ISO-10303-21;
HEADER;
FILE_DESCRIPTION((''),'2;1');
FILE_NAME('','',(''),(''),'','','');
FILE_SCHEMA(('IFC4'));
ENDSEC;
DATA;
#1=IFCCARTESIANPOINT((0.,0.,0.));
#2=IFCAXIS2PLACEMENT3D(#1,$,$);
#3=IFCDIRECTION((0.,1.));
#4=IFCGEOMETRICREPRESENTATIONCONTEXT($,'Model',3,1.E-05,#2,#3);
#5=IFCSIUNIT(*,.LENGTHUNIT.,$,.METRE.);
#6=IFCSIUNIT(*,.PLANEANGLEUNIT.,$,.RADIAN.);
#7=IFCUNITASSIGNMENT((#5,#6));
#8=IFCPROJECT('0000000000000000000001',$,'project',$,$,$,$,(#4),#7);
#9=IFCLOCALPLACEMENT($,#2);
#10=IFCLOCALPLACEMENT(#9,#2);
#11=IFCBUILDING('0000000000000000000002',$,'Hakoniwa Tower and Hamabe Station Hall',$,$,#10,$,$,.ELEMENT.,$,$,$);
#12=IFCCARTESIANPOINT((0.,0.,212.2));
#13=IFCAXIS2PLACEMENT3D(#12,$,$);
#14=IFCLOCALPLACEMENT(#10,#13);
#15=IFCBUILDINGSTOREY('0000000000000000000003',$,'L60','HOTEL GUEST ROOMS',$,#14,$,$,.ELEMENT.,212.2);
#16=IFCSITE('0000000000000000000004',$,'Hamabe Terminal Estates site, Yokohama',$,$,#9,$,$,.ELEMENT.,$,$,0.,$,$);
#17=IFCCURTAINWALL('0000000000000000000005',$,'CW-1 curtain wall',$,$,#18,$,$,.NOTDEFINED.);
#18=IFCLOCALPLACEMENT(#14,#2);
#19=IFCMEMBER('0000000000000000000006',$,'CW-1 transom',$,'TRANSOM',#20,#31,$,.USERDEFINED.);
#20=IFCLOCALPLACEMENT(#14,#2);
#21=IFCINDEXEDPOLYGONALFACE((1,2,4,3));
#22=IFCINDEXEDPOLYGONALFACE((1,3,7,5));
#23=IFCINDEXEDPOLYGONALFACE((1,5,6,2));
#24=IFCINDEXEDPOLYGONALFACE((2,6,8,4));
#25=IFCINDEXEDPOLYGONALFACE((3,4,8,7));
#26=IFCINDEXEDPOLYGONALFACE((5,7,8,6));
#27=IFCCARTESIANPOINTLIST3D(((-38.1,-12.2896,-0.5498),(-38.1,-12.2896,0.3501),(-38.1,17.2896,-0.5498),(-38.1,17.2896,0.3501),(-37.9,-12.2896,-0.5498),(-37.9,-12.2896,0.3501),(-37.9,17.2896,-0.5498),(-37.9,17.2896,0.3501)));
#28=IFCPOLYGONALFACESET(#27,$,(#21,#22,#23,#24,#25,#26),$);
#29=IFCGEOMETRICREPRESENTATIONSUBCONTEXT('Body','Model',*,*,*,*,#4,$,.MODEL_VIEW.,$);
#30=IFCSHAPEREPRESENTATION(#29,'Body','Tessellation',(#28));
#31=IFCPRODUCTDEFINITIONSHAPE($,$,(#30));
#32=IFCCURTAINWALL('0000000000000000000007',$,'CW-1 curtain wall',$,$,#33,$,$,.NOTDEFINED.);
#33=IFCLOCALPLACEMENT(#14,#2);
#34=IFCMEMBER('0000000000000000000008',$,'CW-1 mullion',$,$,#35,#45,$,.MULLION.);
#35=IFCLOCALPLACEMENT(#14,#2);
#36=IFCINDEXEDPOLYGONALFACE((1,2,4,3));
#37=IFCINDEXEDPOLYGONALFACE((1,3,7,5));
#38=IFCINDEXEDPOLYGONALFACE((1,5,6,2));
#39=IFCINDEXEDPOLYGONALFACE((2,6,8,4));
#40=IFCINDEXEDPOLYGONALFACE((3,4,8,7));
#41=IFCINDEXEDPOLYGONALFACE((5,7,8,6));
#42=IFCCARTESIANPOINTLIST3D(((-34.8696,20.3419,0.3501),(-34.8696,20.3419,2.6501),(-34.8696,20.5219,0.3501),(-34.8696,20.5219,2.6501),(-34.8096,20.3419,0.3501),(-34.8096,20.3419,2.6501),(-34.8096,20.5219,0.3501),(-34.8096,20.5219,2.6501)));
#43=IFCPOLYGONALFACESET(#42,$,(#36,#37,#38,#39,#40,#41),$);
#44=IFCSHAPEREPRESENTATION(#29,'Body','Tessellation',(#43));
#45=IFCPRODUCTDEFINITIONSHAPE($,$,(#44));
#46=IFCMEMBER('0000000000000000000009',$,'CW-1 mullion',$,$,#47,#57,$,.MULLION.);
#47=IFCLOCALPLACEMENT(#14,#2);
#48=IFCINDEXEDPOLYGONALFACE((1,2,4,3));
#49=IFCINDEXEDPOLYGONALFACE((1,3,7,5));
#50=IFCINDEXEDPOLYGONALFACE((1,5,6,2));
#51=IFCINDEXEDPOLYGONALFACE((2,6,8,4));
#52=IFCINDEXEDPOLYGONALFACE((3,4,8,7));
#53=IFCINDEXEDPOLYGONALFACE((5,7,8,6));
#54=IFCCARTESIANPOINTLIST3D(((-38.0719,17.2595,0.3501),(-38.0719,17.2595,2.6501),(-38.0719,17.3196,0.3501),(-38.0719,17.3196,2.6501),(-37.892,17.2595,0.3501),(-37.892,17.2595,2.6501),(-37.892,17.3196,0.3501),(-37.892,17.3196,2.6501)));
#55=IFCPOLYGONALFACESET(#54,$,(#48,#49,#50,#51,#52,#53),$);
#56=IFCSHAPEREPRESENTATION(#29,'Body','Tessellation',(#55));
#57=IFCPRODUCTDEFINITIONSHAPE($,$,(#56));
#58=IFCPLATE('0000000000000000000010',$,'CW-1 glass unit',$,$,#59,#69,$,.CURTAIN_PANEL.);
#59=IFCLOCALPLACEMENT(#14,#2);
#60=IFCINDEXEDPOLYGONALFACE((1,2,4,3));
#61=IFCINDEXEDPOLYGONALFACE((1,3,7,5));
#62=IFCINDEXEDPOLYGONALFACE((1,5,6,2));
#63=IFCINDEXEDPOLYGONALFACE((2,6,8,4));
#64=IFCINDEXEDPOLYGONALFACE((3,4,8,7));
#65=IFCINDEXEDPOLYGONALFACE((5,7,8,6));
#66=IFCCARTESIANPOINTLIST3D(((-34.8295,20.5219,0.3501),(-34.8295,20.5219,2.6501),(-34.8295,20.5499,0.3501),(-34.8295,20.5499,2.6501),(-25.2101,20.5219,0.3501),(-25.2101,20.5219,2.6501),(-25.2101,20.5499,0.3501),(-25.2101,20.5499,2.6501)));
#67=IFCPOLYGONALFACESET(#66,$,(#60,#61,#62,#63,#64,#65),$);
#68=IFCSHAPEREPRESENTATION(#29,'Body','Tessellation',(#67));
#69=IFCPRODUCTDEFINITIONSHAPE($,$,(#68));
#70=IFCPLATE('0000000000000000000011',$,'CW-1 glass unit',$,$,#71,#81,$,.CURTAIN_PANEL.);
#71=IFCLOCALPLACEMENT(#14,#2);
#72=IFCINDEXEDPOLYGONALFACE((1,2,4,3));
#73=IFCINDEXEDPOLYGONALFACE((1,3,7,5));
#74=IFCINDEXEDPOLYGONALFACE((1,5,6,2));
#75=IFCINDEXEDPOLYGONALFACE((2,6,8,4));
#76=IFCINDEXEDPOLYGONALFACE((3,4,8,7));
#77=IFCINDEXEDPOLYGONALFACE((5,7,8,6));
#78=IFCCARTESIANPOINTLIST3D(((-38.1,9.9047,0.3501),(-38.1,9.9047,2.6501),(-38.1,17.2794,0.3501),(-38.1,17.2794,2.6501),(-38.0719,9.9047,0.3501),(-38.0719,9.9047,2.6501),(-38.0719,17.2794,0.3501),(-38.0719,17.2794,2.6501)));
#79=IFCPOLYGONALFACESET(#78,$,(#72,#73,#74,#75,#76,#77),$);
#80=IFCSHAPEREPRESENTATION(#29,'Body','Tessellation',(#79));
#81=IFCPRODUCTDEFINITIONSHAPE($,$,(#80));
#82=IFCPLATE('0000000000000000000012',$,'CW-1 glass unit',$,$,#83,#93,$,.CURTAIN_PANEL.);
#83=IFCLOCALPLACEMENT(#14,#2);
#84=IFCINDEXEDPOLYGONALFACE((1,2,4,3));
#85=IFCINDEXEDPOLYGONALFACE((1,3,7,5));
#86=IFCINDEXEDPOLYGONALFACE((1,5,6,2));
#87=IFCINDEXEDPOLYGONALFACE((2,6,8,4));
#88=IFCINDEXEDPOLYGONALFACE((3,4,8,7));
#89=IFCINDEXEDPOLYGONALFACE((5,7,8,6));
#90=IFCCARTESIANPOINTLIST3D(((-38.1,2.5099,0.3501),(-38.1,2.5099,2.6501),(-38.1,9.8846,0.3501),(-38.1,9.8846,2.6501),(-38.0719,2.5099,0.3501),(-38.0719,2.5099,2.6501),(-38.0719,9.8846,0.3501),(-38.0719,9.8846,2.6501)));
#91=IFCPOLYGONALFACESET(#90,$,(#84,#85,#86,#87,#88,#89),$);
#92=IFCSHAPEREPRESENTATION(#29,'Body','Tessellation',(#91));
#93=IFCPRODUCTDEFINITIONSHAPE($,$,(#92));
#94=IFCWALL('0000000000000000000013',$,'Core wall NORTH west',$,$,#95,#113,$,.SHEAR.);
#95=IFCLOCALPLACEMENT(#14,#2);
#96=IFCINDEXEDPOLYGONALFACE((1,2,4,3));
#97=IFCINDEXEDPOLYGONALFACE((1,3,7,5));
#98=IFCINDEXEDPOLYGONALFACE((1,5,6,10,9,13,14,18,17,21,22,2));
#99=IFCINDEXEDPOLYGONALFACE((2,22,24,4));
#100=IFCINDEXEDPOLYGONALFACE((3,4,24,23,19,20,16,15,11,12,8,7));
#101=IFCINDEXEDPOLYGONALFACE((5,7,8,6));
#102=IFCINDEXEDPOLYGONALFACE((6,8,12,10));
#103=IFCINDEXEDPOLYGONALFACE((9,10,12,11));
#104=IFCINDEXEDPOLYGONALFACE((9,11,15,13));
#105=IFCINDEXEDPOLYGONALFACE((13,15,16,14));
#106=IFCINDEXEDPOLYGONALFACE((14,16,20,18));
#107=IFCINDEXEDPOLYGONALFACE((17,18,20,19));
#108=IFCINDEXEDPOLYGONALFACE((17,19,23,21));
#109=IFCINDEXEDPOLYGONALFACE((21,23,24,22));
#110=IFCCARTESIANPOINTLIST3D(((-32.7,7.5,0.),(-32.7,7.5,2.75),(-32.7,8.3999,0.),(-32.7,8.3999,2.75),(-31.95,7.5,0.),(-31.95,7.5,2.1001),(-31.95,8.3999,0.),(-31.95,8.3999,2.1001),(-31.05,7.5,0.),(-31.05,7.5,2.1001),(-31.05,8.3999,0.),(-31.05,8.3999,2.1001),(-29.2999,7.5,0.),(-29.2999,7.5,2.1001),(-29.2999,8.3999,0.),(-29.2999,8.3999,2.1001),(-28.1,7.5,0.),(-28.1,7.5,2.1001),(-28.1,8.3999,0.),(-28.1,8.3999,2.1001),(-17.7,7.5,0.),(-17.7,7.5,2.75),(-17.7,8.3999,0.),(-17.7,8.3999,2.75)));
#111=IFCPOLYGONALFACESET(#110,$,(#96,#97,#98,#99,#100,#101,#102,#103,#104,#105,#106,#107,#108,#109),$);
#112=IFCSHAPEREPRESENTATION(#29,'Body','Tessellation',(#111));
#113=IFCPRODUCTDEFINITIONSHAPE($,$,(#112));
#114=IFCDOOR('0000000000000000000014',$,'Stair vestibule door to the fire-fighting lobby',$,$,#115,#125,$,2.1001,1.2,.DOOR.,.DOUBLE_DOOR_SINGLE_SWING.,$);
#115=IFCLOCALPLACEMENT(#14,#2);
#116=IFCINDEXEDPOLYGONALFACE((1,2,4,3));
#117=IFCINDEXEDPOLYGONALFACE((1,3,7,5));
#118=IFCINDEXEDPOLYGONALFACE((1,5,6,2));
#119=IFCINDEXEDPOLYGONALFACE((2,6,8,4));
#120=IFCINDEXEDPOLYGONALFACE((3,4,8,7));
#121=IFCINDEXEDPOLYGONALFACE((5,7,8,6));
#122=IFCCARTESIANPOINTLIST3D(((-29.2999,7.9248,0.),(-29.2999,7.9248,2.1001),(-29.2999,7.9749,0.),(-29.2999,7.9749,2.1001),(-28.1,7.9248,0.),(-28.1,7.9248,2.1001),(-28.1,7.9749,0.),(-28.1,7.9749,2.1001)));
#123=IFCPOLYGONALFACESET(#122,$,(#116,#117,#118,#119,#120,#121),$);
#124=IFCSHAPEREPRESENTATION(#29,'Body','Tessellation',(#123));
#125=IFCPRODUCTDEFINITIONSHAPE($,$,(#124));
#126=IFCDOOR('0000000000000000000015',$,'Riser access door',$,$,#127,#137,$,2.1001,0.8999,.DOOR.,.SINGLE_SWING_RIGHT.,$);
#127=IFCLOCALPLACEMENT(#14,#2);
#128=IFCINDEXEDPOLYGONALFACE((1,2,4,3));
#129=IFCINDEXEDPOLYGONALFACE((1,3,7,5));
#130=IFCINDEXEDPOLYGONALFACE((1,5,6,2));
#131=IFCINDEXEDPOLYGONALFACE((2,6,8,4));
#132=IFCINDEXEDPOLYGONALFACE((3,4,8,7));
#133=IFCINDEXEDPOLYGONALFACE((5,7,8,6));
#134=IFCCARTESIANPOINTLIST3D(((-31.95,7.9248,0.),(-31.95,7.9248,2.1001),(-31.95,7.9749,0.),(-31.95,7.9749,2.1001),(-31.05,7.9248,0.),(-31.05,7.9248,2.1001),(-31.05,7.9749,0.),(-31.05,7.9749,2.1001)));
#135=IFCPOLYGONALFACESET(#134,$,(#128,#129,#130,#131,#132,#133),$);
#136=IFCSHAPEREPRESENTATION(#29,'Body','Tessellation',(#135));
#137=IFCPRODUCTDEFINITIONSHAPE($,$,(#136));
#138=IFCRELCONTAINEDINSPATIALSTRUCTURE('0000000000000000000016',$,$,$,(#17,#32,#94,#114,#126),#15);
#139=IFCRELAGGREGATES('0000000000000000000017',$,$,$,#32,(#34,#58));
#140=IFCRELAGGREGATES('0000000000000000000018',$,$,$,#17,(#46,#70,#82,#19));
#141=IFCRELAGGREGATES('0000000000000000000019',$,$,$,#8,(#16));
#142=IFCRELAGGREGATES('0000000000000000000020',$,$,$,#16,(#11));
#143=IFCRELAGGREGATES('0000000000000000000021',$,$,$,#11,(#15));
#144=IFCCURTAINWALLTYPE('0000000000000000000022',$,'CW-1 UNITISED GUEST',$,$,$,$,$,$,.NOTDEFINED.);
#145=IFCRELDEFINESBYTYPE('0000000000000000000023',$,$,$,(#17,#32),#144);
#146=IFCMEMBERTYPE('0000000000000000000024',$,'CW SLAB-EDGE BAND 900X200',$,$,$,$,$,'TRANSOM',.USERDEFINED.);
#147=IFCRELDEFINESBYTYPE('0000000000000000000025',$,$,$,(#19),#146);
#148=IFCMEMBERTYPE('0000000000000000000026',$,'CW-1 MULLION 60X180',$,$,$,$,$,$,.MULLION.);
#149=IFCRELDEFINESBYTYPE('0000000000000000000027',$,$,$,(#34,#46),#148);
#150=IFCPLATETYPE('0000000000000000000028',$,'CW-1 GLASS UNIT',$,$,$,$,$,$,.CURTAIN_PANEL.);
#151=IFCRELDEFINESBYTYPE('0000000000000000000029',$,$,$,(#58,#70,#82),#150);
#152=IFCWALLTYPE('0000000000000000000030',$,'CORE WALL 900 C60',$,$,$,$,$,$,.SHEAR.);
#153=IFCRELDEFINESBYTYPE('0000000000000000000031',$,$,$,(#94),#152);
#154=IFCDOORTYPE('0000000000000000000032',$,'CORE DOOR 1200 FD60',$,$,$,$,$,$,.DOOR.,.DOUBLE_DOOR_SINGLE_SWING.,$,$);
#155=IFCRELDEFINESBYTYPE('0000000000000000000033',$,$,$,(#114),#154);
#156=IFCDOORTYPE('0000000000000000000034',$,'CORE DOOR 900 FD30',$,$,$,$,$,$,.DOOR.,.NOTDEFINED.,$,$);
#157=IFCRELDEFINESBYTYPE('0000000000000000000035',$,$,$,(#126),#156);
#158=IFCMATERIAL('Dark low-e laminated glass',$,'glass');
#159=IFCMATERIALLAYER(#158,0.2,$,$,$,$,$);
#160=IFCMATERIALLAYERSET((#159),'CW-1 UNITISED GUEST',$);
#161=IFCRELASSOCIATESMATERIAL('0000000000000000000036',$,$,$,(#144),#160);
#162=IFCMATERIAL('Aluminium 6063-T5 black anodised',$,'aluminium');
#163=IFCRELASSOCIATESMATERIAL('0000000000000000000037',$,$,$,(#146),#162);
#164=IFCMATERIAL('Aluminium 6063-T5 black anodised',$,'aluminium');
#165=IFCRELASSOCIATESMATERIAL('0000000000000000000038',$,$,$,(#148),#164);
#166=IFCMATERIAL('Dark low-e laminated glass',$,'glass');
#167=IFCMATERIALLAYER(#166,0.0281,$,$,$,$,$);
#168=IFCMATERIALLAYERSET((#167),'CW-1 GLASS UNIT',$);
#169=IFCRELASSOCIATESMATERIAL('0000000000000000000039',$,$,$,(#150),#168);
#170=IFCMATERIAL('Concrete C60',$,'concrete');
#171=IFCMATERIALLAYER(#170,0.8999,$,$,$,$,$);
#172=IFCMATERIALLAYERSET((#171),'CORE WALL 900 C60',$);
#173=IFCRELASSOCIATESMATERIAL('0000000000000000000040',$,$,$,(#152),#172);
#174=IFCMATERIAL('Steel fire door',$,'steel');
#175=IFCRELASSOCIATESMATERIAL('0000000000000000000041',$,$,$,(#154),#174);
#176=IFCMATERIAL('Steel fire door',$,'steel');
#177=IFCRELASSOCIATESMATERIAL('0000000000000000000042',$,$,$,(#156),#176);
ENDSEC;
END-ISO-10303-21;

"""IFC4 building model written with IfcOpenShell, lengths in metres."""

from ifc_helpers import new_model, si_unit, direction, frame, frame_2d, origin, origin_2d, place, context, subcontext, project, spatial, rectangle, extrude, material, layer, layer_set, material_profile, profile_set, type_object, element, fill, aggregate, save


model = new_model("IFC4")

# Units and contexts
model_context = context("Model", 3, precision=1e-05, world=origin(), true_north=direction((0.0, 1.0)))
body_context = subcontext(model_context, "Body", "Model", "MODEL_VIEW")
ifc_project = project(units=[si_unit("LENGTHUNIT", "METRE"), si_unit("PLANEANGLEUNIT", "RADIAN")], contexts=[model_context])

# Site, building, storey
site_placement = place(None, origin())
site = spatial("IfcSite", under=ifc_project, at=site_placement, Name="Hamabe Terminal Estates site, Yokohama", CompositionType="ELEMENT", RefElevation=0.0)
building_placement = place(site_placement, origin())
building = spatial("IfcBuilding", under=site, at=building_placement, Name="Hakoniwa Tower and Hamabe Station Hall", CompositionType="ELEMENT")
storey_placement = place(building_placement, frame((0.0, 0.0, 212.2)))
storey = spatial("IfcBuildingStorey", under=building, at=storey_placement, Name="L60", Description="HOTEL GUEST ROOMS", CompositionType="ELEMENT", Elevation=212.2)

# Curtain walls, members
ifc_material_1 = material(Name="Dark low-e laminated glass", Category="glass")
ifc_layer_1 = layer(ifc_material_1, 0.2)
ifc_layer_set_1 = layer_set([ifc_layer_1], Name="CW-1 UNITISED GUEST")
curtain_wall_type = type_object("IfcCurtainWallType", Name="CW-1 UNITISED GUEST", PredefinedType="NOTDEFINED", material=ifc_layer_set_1)
curtain_wall_1_placement = place(storey_placement, origin())
curtain_wall_1 = element("IfcCurtainWall", 1, at=curtain_wall_1_placement, inside=storey, type_object=curtain_wall_type, Name="CW-1 curtain wall", PredefinedType="NOTDEFINED")
ifc_material_2 = material(Name="Aluminium 6063-T5 black anodised", Category="aluminium")
ifc_material_profile_1 = material_profile(ifc_material_2, rectangle(XDim=0.2, YDim=0.8999, at=origin_2d()), Name="CW SLAB-EDGE BAND 900X200")
ifc_profile_set_1 = profile_set([ifc_material_profile_1], Name="Aluminium 6063-T5 black anodised")
member_type_1 = type_object("IfcMemberType", Name="CW SLAB-EDGE BAND 900X200", ElementType="TRANSOM", PredefinedType="USERDEFINED", material=ifc_profile_set_1)
member_1_placement = place(storey_placement, frame((-38.0, 17.2896, -0.0999), z_axis=(0.0, -1.0, 0.0), x_axis=(1.0, 0.0, 0.0)))
member_1 = element("IfcMember", 2, at=member_1_placement, type_object=member_type_1, Name="CW-1 transom", ObjectType="TRANSOM", PredefinedType="USERDEFINED", context=body_context, shape_type="SweptSolid", body=[
    extrude(rectangle(XDim=0.2, YDim=0.8999, at=origin_2d()), origin(), (0.0, 0.0, 1.0), 29.5791),
])
curtain_wall_2_placement = place(storey_placement, origin())
curtain_wall_2 = element("IfcCurtainWall", 3, at=curtain_wall_2_placement, inside=storey, type_object=curtain_wall_type, Name="CW-1 curtain wall", PredefinedType="NOTDEFINED")
ifc_material_3 = material(Name="Aluminium 6063-T5 black anodised", Category="aluminium")
ifc_material_profile_2 = material_profile(ifc_material_3, rectangle(XDim=0.0601, YDim=0.1799, at=origin_2d()), Name="CW-1 MULLION 60X180")
ifc_profile_set_2 = profile_set([ifc_material_profile_2], Name="Aluminium 6063-T5 black anodised")
member_type_2 = type_object("IfcMemberType", Name="CW-1 MULLION 60X180", PredefinedType="MULLION", material=ifc_profile_set_2)
member_2_placement = place(storey_placement, frame((-34.8396, 20.4319, 0.3501), z_axis=(0.0, 0.0, 1.0), x_axis=(-1.0, 0.0, 0.0)))
member_2 = element("IfcMember", 4, at=member_2_placement, type_object=member_type_2, Name="CW-1 mullion", PredefinedType="MULLION", context=body_context, shape_type="SweptSolid", body=[
    extrude(rectangle(XDim=0.0601, YDim=0.1799, at=origin_2d()), origin(), (0.0, 0.0, 1.0), 2.3),
])

# Member
member_3_placement = place(storey_placement, frame((-37.9819, 17.2896, 0.3501), z_axis=(0.0, 0.0, 1.0), x_axis=(0.0, -1.0, 0.0)))
member_3 = element("IfcMember", 5, at=member_3_placement, type_object=member_type_2, Name="CW-1 mullion", PredefinedType="MULLION", context=body_context, shape_type="SweptSolid", body=[
    extrude(rectangle(XDim=0.0601, YDim=0.1799, at=origin_2d()), origin(), (0.0, 0.0, 1.0), 2.3),
])

# Plates
ifc_material_4 = material(Name="Dark low-e laminated glass", Category="glass")
ifc_layer_2 = layer(ifc_material_4, 0.0281)
ifc_layer_set_2 = layer_set([ifc_layer_2], Name="CW-1 GLASS UNIT")
plate_type = type_object("IfcPlateType", Name="CW-1 GLASS UNIT", PredefinedType="CURTAIN_PANEL", material=ifc_layer_set_2)
plate_1_placement = place(storey_placement, frame((-30.0198, 20.5359, 0.3501), z_axis=(0.0, 0.0, 1.0), x_axis=(-1.0, 0.0, 0.0)))
plate_1 = element("IfcPlate", 6, at=plate_1_placement, type_object=plate_type, Name="CW-1 glass unit", PredefinedType="CURTAIN_PANEL", context=body_context, shape_type="SweptSolid", body=[
    extrude(rectangle(XDim=9.6194, YDim=0.0281, at=origin_2d()), origin(), (0.0, 0.0, 1.0), 2.3),
])
aggregate(curtain_wall_2, [member_2, plate_1])
plate_2_placement = place(storey_placement, frame((-38.0859, 13.592, 0.3501), z_axis=(0.0, 0.0, 1.0), x_axis=(0.0, -1.0, 0.0)))
plate_2 = element("IfcPlate", 7, at=plate_2_placement, type_object=plate_type, Name="CW-1 glass unit", PredefinedType="CURTAIN_PANEL", context=body_context, shape_type="SweptSolid", body=[
    extrude(rectangle(XDim=7.3748, YDim=0.0281, at=origin_2d()), origin(), (0.0, 0.0, 1.0), 2.3),
])
plate_3_placement = place(storey_placement, frame((-38.0859, 6.1973, 0.3501), z_axis=(0.0, 0.0, 1.0), x_axis=(0.0, -1.0, 0.0)))
plate_3 = element("IfcPlate", 8, at=plate_3_placement, type_object=plate_type, Name="CW-1 glass unit", PredefinedType="CURTAIN_PANEL", context=body_context, shape_type="SweptSolid", body=[
    extrude(rectangle(XDim=7.3748, YDim=0.0281, at=origin_2d()), origin(), (0.0, 0.0, 1.0), 2.3),
])
aggregate(curtain_wall_1, [member_3, plate_2, plate_3, member_1])

# Wall, openings, doors
ifc_material_5 = material(Name="Concrete C60", Category="concrete")
ifc_layer_3 = layer(ifc_material_5, 0.8999)
ifc_layer_set_3 = layer_set([ifc_layer_3], Name="CORE WALL 900 C60")
wall_type_1 = type_object("IfcWallType", Name="CORE WALL 900 C60", PredefinedType="SHEAR", material=ifc_layer_set_3)
wall_1_placement = place(storey_placement, frame((-32.7, 7.95, 0.0), z_axis=(0.0, 0.0, 1.0), x_axis=(1.0, 0.0, 0.0)))
wall_1 = element("IfcWall", 9, at=wall_1_placement, inside=storey, type_object=wall_type_1, Name="Core wall NORTH west", PredefinedType="SHEAR", context=body_context, shape_type="SweptSolid", body=[
    extrude(rectangle(XDim=15.0, YDim=0.8999, at=frame_2d((7.5, 0.0))), origin(), (0.0, 0.0, 1.0), 2.75),
])
opening_1_placement = place(wall_1_placement, frame((3.3999, 0.0, 0.0)))
opening_1 = element("IfcOpeningElement", 10, at=opening_1_placement, cuts=wall_1, PredefinedType="OPENING", context=body_context, shape_type="SweptSolid", body=[
    extrude(rectangle(XDim=1.2, YDim=2.1001, at=frame_2d((0.6001, 1.05))), frame((0.0, 0.46, 0.0), z_axis=(0.0, -1.0, 0.0), x_axis=(1.0, 0.0, 0.0)), (0.0, 0.0, 1.0), 0.9199),
])
opening_2_placement = place(wall_1_placement, frame((0.75, 0.0, 0.0)))
opening_2 = element("IfcOpeningElement", 11, at=opening_2_placement, cuts=wall_1, PredefinedType="OPENING", context=body_context, shape_type="SweptSolid", body=[
    extrude(rectangle(XDim=0.8999, YDim=2.1001, at=frame_2d((0.45, 1.05))), frame((0.0, 0.46, 0.0), z_axis=(0.0, -1.0, 0.0), x_axis=(1.0, 0.0, 0.0)), (0.0, 0.0, 1.0), 0.9199),
])
ifc_material_6 = material(Name="Steel fire door", Category="steel")
door_type_1 = type_object("IfcDoorType", Name="CORE DOOR 1200 FD60", OperationType="DOUBLE_DOOR_SINGLE_SWING", PredefinedType="DOOR", material=ifc_material_6)
door_1_placement = place(opening_1_placement, origin())
door_1 = element("IfcDoor", 12, at=door_1_placement, inside=storey, type_object=door_type_1, Name="Stair vestibule door to the fire-fighting lobby", OperationType="DOUBLE_DOOR_SINGLE_SWING", OverallHeight=2.1001, OverallWidth=1.2, PredefinedType="DOOR", context=body_context, shape_type="SweptSolid", body=[
    extrude(rectangle(XDim=1.2, YDim=2.1001, at=frame_2d((0.6001, 1.05))), frame((0.0, 0.0249, 0.0), z_axis=(0.0, -1.0, 0.0), x_axis=(1.0, 0.0, 0.0)), (0.0, 0.0, 1.0), 0.05),
])
fill(opening_1, door_1)
ifc_material_7 = material(Name="Steel fire door", Category="steel")
door_type_2 = type_object("IfcDoorType", Name="CORE DOOR 900 FD30", OperationType="NOTDEFINED", PredefinedType="DOOR", material=ifc_material_7)
door_2_placement = place(opening_2_placement, origin())
door_2 = element("IfcDoor", 13, at=door_2_placement, inside=storey, type_object=door_type_2, Name="Riser access door", OperationType="SINGLE_SWING_RIGHT", OverallHeight=2.1001, OverallWidth=0.8999, PredefinedType="DOOR", context=body_context, shape_type="SweptSolid", body=[
    extrude(rectangle(XDim=0.8999, YDim=2.1001, at=frame_2d((0.45, 1.05))), frame((0.0, 0.0249, 0.0), z_axis=(0.0, -1.0, 0.0), x_axis=(1.0, 0.0, 0.0)), (0.0, 0.0, 1.0), 0.05),
])
fill(opening_2, door_2)

save(model, "model.ifc")
